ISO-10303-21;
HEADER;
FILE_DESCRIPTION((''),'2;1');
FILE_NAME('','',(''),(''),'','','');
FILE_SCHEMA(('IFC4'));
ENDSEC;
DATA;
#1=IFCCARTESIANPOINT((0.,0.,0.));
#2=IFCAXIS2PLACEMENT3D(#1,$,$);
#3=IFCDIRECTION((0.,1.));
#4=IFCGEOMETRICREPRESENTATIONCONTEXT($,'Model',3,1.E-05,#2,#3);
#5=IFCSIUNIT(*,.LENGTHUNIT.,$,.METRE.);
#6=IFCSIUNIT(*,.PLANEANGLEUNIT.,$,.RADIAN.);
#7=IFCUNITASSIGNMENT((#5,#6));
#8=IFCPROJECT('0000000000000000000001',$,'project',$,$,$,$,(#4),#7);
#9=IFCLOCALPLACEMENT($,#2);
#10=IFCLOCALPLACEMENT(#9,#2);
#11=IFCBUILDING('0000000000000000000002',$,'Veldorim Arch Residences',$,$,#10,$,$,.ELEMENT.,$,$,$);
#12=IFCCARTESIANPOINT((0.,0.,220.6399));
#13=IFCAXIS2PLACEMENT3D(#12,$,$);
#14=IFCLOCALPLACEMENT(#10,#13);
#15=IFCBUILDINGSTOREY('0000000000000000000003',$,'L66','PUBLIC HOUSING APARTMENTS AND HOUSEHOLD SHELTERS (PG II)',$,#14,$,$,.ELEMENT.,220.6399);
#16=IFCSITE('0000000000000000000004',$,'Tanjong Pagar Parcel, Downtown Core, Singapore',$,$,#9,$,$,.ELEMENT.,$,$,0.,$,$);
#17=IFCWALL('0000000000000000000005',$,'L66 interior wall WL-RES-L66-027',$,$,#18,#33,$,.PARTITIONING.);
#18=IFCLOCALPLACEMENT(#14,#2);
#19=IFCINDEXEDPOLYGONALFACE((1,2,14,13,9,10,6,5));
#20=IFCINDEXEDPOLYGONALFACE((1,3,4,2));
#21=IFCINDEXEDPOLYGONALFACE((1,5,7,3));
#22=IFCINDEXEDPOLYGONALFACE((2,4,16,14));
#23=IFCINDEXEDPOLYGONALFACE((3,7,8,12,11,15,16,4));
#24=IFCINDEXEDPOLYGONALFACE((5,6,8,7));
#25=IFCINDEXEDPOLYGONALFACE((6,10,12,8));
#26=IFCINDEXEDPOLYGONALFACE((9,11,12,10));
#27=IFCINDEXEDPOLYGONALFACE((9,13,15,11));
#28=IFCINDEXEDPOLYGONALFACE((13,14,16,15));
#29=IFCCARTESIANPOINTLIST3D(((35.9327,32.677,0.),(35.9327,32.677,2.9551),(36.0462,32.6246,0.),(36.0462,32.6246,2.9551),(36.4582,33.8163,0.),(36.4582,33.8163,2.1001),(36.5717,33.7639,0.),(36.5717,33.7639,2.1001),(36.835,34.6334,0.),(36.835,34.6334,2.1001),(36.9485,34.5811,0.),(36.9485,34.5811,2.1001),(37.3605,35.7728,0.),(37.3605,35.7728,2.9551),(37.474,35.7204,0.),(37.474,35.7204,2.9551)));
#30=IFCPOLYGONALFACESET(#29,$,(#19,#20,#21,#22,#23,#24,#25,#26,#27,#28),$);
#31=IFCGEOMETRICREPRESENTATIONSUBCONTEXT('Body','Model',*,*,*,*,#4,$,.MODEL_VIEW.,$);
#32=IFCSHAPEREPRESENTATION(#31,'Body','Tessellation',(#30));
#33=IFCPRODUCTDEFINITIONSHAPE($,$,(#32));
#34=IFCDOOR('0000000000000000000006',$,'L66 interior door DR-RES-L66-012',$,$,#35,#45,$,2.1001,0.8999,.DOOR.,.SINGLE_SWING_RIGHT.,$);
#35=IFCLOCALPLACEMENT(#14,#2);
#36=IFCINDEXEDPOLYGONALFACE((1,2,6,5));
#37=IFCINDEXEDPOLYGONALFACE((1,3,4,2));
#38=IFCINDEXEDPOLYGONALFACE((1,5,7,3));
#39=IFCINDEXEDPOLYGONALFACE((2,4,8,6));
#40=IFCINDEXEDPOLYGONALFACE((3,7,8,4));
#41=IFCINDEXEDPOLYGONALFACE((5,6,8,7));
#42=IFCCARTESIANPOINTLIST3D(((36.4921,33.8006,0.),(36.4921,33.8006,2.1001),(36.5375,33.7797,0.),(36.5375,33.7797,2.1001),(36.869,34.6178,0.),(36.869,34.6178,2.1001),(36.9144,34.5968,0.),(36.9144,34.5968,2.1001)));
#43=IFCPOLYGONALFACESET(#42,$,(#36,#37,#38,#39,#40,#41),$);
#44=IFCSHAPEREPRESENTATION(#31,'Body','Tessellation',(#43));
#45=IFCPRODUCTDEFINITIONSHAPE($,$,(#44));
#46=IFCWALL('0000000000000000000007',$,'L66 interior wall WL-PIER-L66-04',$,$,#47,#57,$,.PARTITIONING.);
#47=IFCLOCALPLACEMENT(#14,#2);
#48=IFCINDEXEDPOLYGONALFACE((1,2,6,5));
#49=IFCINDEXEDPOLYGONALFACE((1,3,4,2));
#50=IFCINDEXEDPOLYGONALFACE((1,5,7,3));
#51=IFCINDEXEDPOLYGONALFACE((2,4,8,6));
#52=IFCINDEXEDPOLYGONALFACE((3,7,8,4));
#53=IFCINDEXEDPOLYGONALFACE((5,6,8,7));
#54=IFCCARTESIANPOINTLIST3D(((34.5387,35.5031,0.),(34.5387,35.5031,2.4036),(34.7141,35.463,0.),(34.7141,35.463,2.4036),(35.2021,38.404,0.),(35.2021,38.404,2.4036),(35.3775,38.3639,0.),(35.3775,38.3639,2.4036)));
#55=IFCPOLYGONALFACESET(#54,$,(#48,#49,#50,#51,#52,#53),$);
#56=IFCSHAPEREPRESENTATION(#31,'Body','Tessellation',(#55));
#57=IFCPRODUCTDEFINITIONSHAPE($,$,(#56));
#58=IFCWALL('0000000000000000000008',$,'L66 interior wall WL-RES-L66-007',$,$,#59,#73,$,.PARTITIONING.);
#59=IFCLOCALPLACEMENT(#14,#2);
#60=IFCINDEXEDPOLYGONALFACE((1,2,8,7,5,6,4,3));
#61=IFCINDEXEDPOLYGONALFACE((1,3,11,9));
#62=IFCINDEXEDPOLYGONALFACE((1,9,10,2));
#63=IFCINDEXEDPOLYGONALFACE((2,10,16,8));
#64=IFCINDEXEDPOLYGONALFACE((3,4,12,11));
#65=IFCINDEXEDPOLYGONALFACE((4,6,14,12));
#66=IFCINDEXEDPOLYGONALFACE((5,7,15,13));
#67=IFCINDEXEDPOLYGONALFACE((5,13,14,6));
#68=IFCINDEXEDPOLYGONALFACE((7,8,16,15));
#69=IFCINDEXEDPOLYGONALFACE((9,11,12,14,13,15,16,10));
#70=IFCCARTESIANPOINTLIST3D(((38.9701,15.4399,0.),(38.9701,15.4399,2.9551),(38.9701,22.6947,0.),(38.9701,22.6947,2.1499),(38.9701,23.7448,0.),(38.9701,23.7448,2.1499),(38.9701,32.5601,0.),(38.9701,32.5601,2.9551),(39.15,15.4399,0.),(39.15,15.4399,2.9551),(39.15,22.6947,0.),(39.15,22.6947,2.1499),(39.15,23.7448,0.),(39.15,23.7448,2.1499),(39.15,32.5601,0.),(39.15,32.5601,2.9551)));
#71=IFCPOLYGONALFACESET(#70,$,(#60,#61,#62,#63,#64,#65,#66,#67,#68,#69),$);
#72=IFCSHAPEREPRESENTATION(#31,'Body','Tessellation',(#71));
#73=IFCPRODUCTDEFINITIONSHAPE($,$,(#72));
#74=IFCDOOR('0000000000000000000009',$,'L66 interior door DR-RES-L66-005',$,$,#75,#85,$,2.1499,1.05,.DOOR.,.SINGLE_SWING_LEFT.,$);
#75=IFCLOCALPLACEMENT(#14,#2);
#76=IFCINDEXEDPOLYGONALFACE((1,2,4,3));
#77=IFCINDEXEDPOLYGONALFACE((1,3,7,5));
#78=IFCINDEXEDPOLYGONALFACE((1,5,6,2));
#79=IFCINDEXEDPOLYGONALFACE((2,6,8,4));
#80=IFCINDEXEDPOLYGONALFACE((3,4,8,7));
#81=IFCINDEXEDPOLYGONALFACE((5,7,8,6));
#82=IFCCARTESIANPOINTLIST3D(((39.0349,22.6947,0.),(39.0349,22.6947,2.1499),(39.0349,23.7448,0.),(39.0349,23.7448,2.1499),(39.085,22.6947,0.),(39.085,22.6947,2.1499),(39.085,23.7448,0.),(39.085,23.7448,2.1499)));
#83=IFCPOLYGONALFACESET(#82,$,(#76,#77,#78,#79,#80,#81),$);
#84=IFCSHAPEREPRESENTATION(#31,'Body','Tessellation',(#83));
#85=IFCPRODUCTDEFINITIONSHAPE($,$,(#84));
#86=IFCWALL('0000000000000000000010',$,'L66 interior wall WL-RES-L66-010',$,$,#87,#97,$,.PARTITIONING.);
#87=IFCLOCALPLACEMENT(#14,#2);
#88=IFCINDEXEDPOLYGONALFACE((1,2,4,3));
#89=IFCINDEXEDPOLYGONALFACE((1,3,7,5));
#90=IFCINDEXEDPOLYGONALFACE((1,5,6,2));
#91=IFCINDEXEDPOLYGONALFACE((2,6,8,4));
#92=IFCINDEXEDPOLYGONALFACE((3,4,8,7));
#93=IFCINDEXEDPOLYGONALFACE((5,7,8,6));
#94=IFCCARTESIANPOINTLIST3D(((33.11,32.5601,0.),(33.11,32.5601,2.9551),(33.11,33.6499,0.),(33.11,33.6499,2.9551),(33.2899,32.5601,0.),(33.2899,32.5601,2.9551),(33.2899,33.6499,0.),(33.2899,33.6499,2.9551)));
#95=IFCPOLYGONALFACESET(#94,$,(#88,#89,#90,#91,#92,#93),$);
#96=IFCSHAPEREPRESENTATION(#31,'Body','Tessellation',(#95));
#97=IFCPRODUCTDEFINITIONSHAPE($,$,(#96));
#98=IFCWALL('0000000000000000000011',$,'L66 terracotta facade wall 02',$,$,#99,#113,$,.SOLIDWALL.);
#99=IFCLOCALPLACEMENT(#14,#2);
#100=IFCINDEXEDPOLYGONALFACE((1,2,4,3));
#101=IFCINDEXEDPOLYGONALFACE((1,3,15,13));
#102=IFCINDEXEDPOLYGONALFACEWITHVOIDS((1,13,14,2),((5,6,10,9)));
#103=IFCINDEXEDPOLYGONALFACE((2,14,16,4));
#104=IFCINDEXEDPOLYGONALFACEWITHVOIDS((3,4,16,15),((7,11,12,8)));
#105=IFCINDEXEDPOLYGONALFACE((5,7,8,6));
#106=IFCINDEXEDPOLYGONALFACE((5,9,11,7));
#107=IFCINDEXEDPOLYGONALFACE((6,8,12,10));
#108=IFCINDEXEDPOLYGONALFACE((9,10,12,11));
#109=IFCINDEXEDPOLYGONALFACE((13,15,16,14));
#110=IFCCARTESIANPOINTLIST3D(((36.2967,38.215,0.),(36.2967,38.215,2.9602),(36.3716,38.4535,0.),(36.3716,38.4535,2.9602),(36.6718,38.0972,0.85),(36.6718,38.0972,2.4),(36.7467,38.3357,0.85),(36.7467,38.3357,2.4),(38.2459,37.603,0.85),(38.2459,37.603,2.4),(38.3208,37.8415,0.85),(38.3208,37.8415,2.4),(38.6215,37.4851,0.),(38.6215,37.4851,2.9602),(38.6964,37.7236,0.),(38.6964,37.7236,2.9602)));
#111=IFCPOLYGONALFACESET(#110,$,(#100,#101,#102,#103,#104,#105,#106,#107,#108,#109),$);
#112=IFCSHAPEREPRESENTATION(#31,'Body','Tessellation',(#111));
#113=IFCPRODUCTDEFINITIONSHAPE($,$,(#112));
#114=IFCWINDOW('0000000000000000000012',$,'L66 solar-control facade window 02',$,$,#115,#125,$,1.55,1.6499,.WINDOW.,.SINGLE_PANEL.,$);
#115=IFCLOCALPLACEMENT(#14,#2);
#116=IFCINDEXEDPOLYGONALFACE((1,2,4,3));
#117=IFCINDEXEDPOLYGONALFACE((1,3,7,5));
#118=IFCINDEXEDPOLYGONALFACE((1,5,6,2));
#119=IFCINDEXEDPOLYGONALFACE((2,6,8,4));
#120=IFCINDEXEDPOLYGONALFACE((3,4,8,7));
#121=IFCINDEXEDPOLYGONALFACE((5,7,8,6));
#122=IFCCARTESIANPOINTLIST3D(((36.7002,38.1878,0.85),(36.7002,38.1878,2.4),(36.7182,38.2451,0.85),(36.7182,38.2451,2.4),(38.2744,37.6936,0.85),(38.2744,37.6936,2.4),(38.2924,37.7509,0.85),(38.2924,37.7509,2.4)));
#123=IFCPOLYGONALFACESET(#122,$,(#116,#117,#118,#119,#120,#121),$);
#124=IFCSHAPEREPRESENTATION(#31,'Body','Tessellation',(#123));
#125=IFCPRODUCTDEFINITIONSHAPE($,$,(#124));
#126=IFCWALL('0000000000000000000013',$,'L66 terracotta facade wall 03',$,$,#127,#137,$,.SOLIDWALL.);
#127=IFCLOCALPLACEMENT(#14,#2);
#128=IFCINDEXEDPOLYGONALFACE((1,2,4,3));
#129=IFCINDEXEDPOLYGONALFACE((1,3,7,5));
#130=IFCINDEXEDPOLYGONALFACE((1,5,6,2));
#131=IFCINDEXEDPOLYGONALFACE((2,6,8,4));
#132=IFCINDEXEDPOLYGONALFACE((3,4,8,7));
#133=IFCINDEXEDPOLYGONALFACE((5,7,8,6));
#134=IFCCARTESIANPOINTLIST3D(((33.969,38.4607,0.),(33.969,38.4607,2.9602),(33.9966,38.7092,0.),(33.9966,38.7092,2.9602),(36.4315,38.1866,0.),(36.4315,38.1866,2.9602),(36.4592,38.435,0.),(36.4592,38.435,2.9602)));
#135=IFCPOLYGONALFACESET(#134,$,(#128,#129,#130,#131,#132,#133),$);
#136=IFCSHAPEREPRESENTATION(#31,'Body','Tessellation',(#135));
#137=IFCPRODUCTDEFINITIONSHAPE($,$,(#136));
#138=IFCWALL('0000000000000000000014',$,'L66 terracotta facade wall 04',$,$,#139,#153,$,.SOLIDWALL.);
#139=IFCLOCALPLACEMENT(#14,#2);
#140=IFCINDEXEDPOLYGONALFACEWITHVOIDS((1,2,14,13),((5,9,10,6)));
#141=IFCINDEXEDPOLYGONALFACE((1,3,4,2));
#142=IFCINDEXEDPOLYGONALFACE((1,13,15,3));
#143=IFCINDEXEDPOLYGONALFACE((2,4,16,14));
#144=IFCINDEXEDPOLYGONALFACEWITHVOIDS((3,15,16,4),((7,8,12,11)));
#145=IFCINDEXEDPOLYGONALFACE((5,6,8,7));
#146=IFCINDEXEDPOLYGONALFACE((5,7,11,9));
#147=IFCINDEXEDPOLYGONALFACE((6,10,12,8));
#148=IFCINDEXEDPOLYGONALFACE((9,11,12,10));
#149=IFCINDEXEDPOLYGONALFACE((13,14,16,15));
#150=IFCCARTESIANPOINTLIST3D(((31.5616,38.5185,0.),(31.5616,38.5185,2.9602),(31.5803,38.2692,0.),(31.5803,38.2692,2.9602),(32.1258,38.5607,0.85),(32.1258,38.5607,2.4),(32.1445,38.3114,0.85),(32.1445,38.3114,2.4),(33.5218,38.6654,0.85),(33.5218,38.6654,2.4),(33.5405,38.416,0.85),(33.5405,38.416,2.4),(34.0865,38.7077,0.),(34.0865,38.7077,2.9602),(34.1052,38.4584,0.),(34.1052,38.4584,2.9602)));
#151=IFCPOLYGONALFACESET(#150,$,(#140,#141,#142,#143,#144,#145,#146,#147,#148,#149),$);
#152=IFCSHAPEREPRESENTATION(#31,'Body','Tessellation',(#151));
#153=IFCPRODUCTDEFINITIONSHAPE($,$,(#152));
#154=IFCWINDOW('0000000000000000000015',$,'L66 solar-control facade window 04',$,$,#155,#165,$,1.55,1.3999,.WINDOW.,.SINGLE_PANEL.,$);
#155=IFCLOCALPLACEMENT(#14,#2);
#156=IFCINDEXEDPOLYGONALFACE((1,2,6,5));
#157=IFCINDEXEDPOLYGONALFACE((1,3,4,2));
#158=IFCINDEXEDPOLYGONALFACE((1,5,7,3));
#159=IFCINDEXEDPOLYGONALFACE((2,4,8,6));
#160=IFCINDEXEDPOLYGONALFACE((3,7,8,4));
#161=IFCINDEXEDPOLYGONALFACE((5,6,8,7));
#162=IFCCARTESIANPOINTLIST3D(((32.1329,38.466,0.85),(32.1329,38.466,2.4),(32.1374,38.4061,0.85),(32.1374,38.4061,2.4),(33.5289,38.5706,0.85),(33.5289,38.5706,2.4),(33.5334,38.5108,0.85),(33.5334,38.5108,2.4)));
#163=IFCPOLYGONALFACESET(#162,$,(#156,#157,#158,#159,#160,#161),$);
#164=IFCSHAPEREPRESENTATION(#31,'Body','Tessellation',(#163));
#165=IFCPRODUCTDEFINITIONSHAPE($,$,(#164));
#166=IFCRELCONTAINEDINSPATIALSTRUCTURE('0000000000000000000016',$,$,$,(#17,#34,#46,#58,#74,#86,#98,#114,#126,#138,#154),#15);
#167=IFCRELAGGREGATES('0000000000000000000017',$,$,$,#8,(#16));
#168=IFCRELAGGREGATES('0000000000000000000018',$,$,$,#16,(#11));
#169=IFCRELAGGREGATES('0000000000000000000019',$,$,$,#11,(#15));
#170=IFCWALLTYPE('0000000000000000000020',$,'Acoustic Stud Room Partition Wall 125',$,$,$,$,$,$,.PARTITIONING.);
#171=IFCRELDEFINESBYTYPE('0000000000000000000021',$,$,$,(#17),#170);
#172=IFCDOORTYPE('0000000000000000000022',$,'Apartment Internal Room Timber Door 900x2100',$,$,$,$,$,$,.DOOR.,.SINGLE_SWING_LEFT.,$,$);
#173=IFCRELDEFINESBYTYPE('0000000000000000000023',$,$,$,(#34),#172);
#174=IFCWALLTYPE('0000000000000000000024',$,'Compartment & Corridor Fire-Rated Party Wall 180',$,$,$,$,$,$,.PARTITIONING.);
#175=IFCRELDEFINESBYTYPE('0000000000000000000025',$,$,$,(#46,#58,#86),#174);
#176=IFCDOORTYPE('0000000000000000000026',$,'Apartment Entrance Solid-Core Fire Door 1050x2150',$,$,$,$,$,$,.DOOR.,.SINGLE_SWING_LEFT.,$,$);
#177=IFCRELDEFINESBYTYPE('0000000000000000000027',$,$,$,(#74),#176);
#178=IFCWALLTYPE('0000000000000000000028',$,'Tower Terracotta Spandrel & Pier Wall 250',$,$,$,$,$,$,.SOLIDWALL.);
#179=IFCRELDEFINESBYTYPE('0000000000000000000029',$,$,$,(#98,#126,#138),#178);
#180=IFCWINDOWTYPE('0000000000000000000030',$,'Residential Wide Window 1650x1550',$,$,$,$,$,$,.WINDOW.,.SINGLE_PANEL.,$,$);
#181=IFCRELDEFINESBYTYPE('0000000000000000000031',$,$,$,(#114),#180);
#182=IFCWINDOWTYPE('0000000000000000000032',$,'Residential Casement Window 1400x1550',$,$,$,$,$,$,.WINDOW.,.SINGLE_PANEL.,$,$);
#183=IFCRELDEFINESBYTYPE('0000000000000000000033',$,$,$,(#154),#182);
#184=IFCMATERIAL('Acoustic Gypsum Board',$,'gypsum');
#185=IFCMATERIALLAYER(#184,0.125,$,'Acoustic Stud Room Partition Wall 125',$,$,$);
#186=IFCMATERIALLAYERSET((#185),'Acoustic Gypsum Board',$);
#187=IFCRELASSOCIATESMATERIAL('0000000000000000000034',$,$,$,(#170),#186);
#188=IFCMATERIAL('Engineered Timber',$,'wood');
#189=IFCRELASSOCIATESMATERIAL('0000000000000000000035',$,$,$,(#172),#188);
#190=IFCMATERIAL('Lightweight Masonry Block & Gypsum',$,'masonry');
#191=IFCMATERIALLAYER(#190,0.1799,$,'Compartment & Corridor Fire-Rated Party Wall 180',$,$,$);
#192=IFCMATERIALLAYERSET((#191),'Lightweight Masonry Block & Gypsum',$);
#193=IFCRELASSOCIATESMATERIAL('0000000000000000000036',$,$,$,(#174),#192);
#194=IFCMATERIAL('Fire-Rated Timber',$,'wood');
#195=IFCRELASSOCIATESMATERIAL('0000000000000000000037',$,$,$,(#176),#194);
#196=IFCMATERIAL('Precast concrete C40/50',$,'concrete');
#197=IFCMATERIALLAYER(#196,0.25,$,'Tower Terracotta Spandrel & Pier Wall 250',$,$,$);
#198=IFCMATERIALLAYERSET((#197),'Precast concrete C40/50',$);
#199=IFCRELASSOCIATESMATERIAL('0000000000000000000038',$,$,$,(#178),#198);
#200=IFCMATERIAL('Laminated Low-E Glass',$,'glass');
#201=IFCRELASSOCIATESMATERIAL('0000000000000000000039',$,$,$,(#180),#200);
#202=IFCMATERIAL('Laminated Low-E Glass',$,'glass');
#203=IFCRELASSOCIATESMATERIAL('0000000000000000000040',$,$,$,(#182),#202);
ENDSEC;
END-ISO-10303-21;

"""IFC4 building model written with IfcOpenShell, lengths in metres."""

from ifc_helpers import new_model, si_unit, direction, frame, frame_2d, origin, place, context, subcontext, project, spatial, rectangle, extrude, material, layer, layer_set, type_object, element, fill, save


model = new_model("IFC4")

# Units and contexts
model_context = context("Model", 3, precision=1e-05, world=origin(), true_north=direction((0.0, 1.0)))
body_context = subcontext(model_context, "Body", "Model", "MODEL_VIEW")
ifc_project = project(units=[si_unit("LENGTHUNIT", "METRE"), si_unit("PLANEANGLEUNIT", "RADIAN")], contexts=[model_context])

# Site, building, storey
site_placement = place(None, origin())
site = spatial("IfcSite", under=ifc_project, at=site_placement, Name="Tanjong Pagar Parcel, Downtown Core, Singapore", CompositionType="ELEMENT", RefElevation=0.0)
building_placement = place(site_placement, origin())
building = spatial("IfcBuilding", under=site, at=building_placement, Name="Veldorim Arch Residences", CompositionType="ELEMENT")
storey_placement = place(building_placement, frame((0.0, 0.0, 220.6399)))
storey = spatial("IfcBuildingStorey", under=building, at=storey_placement, Name="L66", Description="PUBLIC HOUSING APARTMENTS AND HOUSEHOLD SHELTERS (PG II)", CompositionType="ELEMENT", Elevation=220.6399)

# Wall, opening, door
ifc_material_1 = material(Name="Acoustic Gypsum Board", Category="gypsum")
ifc_layer_1 = layer(ifc_material_1, 0.125, Name="Acoustic Stud Room Partition Wall 125")
ifc_layer_set_1 = layer_set([ifc_layer_1], Name="Acoustic Gypsum Board")
wall_type_1 = type_object("IfcWallType", Name="Acoustic Stud Room Partition Wall 125", PredefinedType="PARTITIONING", material=ifc_layer_set_1)
wall_1_placement = place(storey_placement, frame((37.4172, 35.7466, 0.0), z_axis=(0.0, 0.0, 1.0), x_axis=(-0.418804, -0.908077, 0.0)))
wall_1 = element("IfcWall", 1, at=wall_1_placement, inside=storey, type_object=wall_type_1, Name="L66 interior wall WL-RES-L66-027", PredefinedType="PARTITIONING", context=body_context, shape_type="SweptSolid", body=[
    extrude(rectangle(XDim=3.4092, YDim=0.125, at=frame_2d((1.7046, 0.0))), origin(), (0.0, 0.0, 1.0), 2.9551),
])
opening_1_placement = place(wall_1_placement, frame((1.2546, 0.0, 0.0)))
opening_1 = element("IfcOpeningElement", 2, at=opening_1_placement, cuts=wall_1, PredefinedType="OPENING", context=body_context, shape_type="SweptSolid", body=[
    extrude(rectangle(XDim=0.8999, YDim=2.1001, at=frame_2d((0.45, 1.05))), frame((0.0, 0.0725, 0.0), z_axis=(0.0, -1.0, 0.0), x_axis=(1.0, 0.0, 0.0)), (0.0, 0.0, 1.0), 0.145),
])
ifc_material_2 = material(Name="Engineered Timber", Category="wood")
door_type_1 = type_object("IfcDoorType", Name="Apartment Internal Room Timber Door 900x2100", OperationType="SINGLE_SWING_LEFT", PredefinedType="DOOR", material=ifc_material_2)
door_1_placement = place(opening_1_placement, origin())
door_1 = element("IfcDoor", 3, at=door_1_placement, inside=storey, type_object=door_type_1, Name="L66 interior door DR-RES-L66-012", OperationType="SINGLE_SWING_RIGHT", OverallHeight=2.1001, OverallWidth=0.8999, PredefinedType="DOOR", context=body_context, shape_type="SweptSolid", body=[
    extrude(rectangle(XDim=0.8999, YDim=2.1001, at=frame_2d((0.45, 1.05))), frame((0.0, 0.0249, 0.0), z_axis=(0.0, -1.0, 0.0), x_axis=(1.0, 0.0, 0.0)), (0.0, 0.0, 1.0), 0.05),
])
fill(opening_1, door_1)

# Wall
ifc_material_3 = material(Name="Lightweight Masonry Block & Gypsum", Category="masonry")
ifc_layer_2 = layer(ifc_material_3, 0.1799, Name="Compartment & Corridor Fire-Rated Party Wall 180")
ifc_layer_set_2 = layer_set([ifc_layer_2], Name="Lightweight Masonry Block & Gypsum")
wall_type_2 = type_object("IfcWallType", Name="Compartment & Corridor Fire-Rated Party Wall 180", PredefinedType="PARTITIONING", material=ifc_layer_set_2)
wall_2_placement = place(storey_placement, frame((34.6265, 35.4832, 0.0), z_axis=(0.0, 0.0, 1.0), x_axis=(0.222912, 0.974839, 0.0)))
element("IfcWall", 4, at=wall_2_placement, inside=storey, type_object=wall_type_2, Name="L66 interior wall WL-PIER-L66-04", PredefinedType="PARTITIONING", context=body_context, shape_type="SweptSolid", body=[
    extrude(rectangle(XDim=2.9758, YDim=0.1799, at=frame_2d((1.4878, 0.0))), origin(), (0.0, 0.0, 1.0), 2.4036),
])

# Wall, opening, door
wall_3_placement = place(storey_placement, frame((39.0601, 32.5601, 0.0), z_axis=(0.0, 0.0, 1.0), x_axis=(0.0, -1.0, 0.0)))
wall_3 = element("IfcWall", 5, at=wall_3_placement, inside=storey, type_object=wall_type_2, Name="L66 interior wall WL-RES-L66-007", PredefinedType="PARTITIONING", context=body_context, shape_type="SweptSolid", body=[
    extrude(rectangle(XDim=17.1201, YDim=0.1799, at=frame_2d((8.5601, 0.0))), origin(), (0.0, 0.0, 1.0), 2.9551),
])
opening_2_placement = place(wall_3_placement, frame((8.8154, 0.0, 0.0)))
opening_2 = element("IfcOpeningElement", 6, at=opening_2_placement, cuts=wall_3, PredefinedType="OPENING", context=body_context, shape_type="SweptSolid", body=[
    extrude(rectangle(XDim=1.05, YDim=2.1499, at=frame_2d((0.5249, 1.075))), frame((0.0, 0.0999, 0.0), z_axis=(0.0, -1.0, 0.0), x_axis=(1.0, 0.0, 0.0)), (0.0, 0.0, 1.0), 0.2),
])
ifc_material_4 = material(Name="Fire-Rated Timber", Category="wood")
door_type_2 = type_object("IfcDoorType", Name="Apartment Entrance Solid-Core Fire Door 1050x2150", OperationType="SINGLE_SWING_LEFT", PredefinedType="DOOR", material=ifc_material_4)
door_2_placement = place(opening_2_placement, origin())
door_2 = element("IfcDoor", 7, at=door_2_placement, inside=storey, type_object=door_type_2, Name="L66 interior door DR-RES-L66-005", OperationType="SINGLE_SWING_LEFT", OverallHeight=2.1499, OverallWidth=1.05, PredefinedType="DOOR", context=body_context, shape_type="SweptSolid", body=[
    extrude(rectangle(XDim=1.05, YDim=2.1499, at=frame_2d((0.5249, 1.075))), frame((0.0, 0.0249, 0.0), z_axis=(0.0, -1.0, 0.0), x_axis=(1.0, 0.0, 0.0)), (0.0, 0.0, 1.0), 0.05),
])
fill(opening_2, door_2)

# Wall
wall_4_placement = place(storey_placement, frame((33.2, 33.6499, 0.0), z_axis=(0.0, 0.0, 1.0), x_axis=(0.0, -1.0, 0.0)))
element("IfcWall", 8, at=wall_4_placement, inside=storey, type_object=wall_type_2, Name="L66 interior wall WL-RES-L66-010", PredefinedType="PARTITIONING", context=body_context, shape_type="SweptSolid", body=[
    extrude(rectangle(XDim=1.0898, YDim=0.1799, at=frame_2d((0.5449, 0.0))), origin(), (0.0, 0.0, 1.0), 2.9551),
])

# Wall, opening, window
ifc_material_5 = material(Name="Precast concrete C40/50", Category="concrete")
ifc_layer_3 = layer(ifc_material_5, 0.25, Name="Tower Terracotta Spandrel & Pier Wall 250")
ifc_layer_set_3 = layer_set([ifc_layer_3], Name="Precast concrete C40/50")
wall_type_3 = type_object("IfcWallType", Name="Tower Terracotta Spandrel & Pier Wall 250", PredefinedType="SOLIDWALL", material=ifc_layer_set_3)
wall_5_placement = place(storey_placement, frame((36.3342, 38.3342, 0.0), z_axis=(0.0, 0.0, 1.0), x_axis=(0.954078, -0.299558, 0.0)))
wall_5 = element("IfcWall", 9, at=wall_5_placement, inside=storey, type_object=wall_type_3, Name="L66 terracotta facade wall 02", PredefinedType="SOLIDWALL", context=body_context, shape_type="SweptSolid", body=[
    extrude(rectangle(XDim=2.4368, YDim=0.25, at=frame_2d((1.2183, 0.0))), origin(), (0.0, 0.0, 1.0), 2.9602),
])
opening_3_placement = place(wall_5_placement, frame((0.3931, 0.0, 0.8501)))
opening_3 = element("IfcOpeningElement", 10, at=opening_3_placement, cuts=wall_5, PredefinedType="OPENING", context=body_context, shape_type="SweptSolid", body=[
    extrude(rectangle(XDim=1.6499, YDim=1.55, at=frame_2d((0.825, 0.7749))), frame((0.0, 0.135, 0.0), z_axis=(0.0, -1.0, 0.0), x_axis=(1.0, 0.0, 0.0)), (0.0, 0.0, 1.0), 0.27),
])
ifc_material_6 = material(Name="Laminated Low-E Glass", Category="glass")
window_type_1 = type_object("IfcWindowType", Name="Residential Wide Window 1650x1550", PartitioningType="SINGLE_PANEL", PredefinedType="WINDOW", material=ifc_material_6)
window_1_placement = place(opening_3_placement, origin())
window_1 = element("IfcWindow", 11, at=window_1_placement, inside=storey, type_object=window_type_1, Name="L66 solar-control facade window 02", OverallHeight=1.55, OverallWidth=1.6499, PartitioningType="SINGLE_PANEL", PredefinedType="WINDOW", context=body_context, shape_type="SweptSolid", body=[
    extrude(rectangle(XDim=1.6499, YDim=1.55, at=frame_2d((0.825, 0.7749))), frame((0.0, 0.03, 0.0), z_axis=(0.0, -1.0, 0.0), x_axis=(1.0, 0.0, 0.0)), (0.0, 0.0, 1.0), 0.0601),
])
fill(opening_3, window_1)

# Wall
wall_6_placement = place(storey_placement, frame((33.9829, 38.585, 0.0), z_axis=(0.0, 0.0, 1.0), x_axis=(0.99386, -0.110648, 0.0)))
element("IfcWall", 12, at=wall_6_placement, inside=storey, type_object=wall_type_3, Name="L66 terracotta facade wall 03", PredefinedType="SOLIDWALL", context=body_context, shape_type="SweptSolid", body=[
    extrude(rectangle(XDim=2.4778, YDim=0.25, at=frame_2d((1.2388, 0.0))), origin(), (0.0, 0.0, 1.0), 2.9602),
])

# Wall, opening, window
wall_7_placement = place(storey_placement, frame((31.5708, 38.3938, 0.0), z_axis=(0.0, 0.0, 1.0), x_axis=(0.997204, 0.074728, 0.0)))
wall_7 = element("IfcWall", 13, at=wall_7_placement, inside=storey, type_object=wall_type_3, Name="L66 terracotta facade wall 04", PredefinedType="SOLIDWALL", context=body_context, shape_type="SweptSolid", body=[
    extrude(rectangle(XDim=2.532, YDim=0.25, at=frame_2d((1.2661, 0.0))), origin(), (0.0, 0.0, 1.0), 2.9602),
])
opening_4_placement = place(wall_7_placement, frame((0.5659, 0.0, 0.8501)))
opening_4 = element("IfcOpeningElement", 14, at=opening_4_placement, cuts=wall_7, PredefinedType="OPENING", context=body_context, shape_type="SweptSolid", body=[
    extrude(rectangle(XDim=1.3999, YDim=1.55, at=frame_2d((0.7, 0.7749))), frame((0.0, 0.135, 0.0), z_axis=(0.0, -1.0, 0.0), x_axis=(1.0, 0.0, 0.0)), (0.0, 0.0, 1.0), 0.27),
])
ifc_material_7 = material(Name="Laminated Low-E Glass", Category="glass")
window_type_2 = type_object("IfcWindowType", Name="Residential Casement Window 1400x1550", PartitioningType="SINGLE_PANEL", PredefinedType="WINDOW", material=ifc_material_7)
window_2_placement = place(opening_4_placement, origin())
window_2 = element("IfcWindow", 15, at=window_2_placement, inside=storey, type_object=window_type_2, Name="L66 solar-control facade window 04", OverallHeight=1.55, OverallWidth=1.3999, PartitioningType="SINGLE_PANEL", PredefinedType="WINDOW", context=body_context, shape_type="SweptSolid", body=[
    extrude(rectangle(XDim=1.3999, YDim=1.55, at=frame_2d((0.7, 0.7749))), frame((0.0, 0.03, 0.0), z_axis=(0.0, -1.0, 0.0), x_axis=(1.0, 0.0, 0.0)), (0.0, 0.0, 1.0), 0.0601),
])
fill(opening_4, window_2)

save(model, "model.ifc")
